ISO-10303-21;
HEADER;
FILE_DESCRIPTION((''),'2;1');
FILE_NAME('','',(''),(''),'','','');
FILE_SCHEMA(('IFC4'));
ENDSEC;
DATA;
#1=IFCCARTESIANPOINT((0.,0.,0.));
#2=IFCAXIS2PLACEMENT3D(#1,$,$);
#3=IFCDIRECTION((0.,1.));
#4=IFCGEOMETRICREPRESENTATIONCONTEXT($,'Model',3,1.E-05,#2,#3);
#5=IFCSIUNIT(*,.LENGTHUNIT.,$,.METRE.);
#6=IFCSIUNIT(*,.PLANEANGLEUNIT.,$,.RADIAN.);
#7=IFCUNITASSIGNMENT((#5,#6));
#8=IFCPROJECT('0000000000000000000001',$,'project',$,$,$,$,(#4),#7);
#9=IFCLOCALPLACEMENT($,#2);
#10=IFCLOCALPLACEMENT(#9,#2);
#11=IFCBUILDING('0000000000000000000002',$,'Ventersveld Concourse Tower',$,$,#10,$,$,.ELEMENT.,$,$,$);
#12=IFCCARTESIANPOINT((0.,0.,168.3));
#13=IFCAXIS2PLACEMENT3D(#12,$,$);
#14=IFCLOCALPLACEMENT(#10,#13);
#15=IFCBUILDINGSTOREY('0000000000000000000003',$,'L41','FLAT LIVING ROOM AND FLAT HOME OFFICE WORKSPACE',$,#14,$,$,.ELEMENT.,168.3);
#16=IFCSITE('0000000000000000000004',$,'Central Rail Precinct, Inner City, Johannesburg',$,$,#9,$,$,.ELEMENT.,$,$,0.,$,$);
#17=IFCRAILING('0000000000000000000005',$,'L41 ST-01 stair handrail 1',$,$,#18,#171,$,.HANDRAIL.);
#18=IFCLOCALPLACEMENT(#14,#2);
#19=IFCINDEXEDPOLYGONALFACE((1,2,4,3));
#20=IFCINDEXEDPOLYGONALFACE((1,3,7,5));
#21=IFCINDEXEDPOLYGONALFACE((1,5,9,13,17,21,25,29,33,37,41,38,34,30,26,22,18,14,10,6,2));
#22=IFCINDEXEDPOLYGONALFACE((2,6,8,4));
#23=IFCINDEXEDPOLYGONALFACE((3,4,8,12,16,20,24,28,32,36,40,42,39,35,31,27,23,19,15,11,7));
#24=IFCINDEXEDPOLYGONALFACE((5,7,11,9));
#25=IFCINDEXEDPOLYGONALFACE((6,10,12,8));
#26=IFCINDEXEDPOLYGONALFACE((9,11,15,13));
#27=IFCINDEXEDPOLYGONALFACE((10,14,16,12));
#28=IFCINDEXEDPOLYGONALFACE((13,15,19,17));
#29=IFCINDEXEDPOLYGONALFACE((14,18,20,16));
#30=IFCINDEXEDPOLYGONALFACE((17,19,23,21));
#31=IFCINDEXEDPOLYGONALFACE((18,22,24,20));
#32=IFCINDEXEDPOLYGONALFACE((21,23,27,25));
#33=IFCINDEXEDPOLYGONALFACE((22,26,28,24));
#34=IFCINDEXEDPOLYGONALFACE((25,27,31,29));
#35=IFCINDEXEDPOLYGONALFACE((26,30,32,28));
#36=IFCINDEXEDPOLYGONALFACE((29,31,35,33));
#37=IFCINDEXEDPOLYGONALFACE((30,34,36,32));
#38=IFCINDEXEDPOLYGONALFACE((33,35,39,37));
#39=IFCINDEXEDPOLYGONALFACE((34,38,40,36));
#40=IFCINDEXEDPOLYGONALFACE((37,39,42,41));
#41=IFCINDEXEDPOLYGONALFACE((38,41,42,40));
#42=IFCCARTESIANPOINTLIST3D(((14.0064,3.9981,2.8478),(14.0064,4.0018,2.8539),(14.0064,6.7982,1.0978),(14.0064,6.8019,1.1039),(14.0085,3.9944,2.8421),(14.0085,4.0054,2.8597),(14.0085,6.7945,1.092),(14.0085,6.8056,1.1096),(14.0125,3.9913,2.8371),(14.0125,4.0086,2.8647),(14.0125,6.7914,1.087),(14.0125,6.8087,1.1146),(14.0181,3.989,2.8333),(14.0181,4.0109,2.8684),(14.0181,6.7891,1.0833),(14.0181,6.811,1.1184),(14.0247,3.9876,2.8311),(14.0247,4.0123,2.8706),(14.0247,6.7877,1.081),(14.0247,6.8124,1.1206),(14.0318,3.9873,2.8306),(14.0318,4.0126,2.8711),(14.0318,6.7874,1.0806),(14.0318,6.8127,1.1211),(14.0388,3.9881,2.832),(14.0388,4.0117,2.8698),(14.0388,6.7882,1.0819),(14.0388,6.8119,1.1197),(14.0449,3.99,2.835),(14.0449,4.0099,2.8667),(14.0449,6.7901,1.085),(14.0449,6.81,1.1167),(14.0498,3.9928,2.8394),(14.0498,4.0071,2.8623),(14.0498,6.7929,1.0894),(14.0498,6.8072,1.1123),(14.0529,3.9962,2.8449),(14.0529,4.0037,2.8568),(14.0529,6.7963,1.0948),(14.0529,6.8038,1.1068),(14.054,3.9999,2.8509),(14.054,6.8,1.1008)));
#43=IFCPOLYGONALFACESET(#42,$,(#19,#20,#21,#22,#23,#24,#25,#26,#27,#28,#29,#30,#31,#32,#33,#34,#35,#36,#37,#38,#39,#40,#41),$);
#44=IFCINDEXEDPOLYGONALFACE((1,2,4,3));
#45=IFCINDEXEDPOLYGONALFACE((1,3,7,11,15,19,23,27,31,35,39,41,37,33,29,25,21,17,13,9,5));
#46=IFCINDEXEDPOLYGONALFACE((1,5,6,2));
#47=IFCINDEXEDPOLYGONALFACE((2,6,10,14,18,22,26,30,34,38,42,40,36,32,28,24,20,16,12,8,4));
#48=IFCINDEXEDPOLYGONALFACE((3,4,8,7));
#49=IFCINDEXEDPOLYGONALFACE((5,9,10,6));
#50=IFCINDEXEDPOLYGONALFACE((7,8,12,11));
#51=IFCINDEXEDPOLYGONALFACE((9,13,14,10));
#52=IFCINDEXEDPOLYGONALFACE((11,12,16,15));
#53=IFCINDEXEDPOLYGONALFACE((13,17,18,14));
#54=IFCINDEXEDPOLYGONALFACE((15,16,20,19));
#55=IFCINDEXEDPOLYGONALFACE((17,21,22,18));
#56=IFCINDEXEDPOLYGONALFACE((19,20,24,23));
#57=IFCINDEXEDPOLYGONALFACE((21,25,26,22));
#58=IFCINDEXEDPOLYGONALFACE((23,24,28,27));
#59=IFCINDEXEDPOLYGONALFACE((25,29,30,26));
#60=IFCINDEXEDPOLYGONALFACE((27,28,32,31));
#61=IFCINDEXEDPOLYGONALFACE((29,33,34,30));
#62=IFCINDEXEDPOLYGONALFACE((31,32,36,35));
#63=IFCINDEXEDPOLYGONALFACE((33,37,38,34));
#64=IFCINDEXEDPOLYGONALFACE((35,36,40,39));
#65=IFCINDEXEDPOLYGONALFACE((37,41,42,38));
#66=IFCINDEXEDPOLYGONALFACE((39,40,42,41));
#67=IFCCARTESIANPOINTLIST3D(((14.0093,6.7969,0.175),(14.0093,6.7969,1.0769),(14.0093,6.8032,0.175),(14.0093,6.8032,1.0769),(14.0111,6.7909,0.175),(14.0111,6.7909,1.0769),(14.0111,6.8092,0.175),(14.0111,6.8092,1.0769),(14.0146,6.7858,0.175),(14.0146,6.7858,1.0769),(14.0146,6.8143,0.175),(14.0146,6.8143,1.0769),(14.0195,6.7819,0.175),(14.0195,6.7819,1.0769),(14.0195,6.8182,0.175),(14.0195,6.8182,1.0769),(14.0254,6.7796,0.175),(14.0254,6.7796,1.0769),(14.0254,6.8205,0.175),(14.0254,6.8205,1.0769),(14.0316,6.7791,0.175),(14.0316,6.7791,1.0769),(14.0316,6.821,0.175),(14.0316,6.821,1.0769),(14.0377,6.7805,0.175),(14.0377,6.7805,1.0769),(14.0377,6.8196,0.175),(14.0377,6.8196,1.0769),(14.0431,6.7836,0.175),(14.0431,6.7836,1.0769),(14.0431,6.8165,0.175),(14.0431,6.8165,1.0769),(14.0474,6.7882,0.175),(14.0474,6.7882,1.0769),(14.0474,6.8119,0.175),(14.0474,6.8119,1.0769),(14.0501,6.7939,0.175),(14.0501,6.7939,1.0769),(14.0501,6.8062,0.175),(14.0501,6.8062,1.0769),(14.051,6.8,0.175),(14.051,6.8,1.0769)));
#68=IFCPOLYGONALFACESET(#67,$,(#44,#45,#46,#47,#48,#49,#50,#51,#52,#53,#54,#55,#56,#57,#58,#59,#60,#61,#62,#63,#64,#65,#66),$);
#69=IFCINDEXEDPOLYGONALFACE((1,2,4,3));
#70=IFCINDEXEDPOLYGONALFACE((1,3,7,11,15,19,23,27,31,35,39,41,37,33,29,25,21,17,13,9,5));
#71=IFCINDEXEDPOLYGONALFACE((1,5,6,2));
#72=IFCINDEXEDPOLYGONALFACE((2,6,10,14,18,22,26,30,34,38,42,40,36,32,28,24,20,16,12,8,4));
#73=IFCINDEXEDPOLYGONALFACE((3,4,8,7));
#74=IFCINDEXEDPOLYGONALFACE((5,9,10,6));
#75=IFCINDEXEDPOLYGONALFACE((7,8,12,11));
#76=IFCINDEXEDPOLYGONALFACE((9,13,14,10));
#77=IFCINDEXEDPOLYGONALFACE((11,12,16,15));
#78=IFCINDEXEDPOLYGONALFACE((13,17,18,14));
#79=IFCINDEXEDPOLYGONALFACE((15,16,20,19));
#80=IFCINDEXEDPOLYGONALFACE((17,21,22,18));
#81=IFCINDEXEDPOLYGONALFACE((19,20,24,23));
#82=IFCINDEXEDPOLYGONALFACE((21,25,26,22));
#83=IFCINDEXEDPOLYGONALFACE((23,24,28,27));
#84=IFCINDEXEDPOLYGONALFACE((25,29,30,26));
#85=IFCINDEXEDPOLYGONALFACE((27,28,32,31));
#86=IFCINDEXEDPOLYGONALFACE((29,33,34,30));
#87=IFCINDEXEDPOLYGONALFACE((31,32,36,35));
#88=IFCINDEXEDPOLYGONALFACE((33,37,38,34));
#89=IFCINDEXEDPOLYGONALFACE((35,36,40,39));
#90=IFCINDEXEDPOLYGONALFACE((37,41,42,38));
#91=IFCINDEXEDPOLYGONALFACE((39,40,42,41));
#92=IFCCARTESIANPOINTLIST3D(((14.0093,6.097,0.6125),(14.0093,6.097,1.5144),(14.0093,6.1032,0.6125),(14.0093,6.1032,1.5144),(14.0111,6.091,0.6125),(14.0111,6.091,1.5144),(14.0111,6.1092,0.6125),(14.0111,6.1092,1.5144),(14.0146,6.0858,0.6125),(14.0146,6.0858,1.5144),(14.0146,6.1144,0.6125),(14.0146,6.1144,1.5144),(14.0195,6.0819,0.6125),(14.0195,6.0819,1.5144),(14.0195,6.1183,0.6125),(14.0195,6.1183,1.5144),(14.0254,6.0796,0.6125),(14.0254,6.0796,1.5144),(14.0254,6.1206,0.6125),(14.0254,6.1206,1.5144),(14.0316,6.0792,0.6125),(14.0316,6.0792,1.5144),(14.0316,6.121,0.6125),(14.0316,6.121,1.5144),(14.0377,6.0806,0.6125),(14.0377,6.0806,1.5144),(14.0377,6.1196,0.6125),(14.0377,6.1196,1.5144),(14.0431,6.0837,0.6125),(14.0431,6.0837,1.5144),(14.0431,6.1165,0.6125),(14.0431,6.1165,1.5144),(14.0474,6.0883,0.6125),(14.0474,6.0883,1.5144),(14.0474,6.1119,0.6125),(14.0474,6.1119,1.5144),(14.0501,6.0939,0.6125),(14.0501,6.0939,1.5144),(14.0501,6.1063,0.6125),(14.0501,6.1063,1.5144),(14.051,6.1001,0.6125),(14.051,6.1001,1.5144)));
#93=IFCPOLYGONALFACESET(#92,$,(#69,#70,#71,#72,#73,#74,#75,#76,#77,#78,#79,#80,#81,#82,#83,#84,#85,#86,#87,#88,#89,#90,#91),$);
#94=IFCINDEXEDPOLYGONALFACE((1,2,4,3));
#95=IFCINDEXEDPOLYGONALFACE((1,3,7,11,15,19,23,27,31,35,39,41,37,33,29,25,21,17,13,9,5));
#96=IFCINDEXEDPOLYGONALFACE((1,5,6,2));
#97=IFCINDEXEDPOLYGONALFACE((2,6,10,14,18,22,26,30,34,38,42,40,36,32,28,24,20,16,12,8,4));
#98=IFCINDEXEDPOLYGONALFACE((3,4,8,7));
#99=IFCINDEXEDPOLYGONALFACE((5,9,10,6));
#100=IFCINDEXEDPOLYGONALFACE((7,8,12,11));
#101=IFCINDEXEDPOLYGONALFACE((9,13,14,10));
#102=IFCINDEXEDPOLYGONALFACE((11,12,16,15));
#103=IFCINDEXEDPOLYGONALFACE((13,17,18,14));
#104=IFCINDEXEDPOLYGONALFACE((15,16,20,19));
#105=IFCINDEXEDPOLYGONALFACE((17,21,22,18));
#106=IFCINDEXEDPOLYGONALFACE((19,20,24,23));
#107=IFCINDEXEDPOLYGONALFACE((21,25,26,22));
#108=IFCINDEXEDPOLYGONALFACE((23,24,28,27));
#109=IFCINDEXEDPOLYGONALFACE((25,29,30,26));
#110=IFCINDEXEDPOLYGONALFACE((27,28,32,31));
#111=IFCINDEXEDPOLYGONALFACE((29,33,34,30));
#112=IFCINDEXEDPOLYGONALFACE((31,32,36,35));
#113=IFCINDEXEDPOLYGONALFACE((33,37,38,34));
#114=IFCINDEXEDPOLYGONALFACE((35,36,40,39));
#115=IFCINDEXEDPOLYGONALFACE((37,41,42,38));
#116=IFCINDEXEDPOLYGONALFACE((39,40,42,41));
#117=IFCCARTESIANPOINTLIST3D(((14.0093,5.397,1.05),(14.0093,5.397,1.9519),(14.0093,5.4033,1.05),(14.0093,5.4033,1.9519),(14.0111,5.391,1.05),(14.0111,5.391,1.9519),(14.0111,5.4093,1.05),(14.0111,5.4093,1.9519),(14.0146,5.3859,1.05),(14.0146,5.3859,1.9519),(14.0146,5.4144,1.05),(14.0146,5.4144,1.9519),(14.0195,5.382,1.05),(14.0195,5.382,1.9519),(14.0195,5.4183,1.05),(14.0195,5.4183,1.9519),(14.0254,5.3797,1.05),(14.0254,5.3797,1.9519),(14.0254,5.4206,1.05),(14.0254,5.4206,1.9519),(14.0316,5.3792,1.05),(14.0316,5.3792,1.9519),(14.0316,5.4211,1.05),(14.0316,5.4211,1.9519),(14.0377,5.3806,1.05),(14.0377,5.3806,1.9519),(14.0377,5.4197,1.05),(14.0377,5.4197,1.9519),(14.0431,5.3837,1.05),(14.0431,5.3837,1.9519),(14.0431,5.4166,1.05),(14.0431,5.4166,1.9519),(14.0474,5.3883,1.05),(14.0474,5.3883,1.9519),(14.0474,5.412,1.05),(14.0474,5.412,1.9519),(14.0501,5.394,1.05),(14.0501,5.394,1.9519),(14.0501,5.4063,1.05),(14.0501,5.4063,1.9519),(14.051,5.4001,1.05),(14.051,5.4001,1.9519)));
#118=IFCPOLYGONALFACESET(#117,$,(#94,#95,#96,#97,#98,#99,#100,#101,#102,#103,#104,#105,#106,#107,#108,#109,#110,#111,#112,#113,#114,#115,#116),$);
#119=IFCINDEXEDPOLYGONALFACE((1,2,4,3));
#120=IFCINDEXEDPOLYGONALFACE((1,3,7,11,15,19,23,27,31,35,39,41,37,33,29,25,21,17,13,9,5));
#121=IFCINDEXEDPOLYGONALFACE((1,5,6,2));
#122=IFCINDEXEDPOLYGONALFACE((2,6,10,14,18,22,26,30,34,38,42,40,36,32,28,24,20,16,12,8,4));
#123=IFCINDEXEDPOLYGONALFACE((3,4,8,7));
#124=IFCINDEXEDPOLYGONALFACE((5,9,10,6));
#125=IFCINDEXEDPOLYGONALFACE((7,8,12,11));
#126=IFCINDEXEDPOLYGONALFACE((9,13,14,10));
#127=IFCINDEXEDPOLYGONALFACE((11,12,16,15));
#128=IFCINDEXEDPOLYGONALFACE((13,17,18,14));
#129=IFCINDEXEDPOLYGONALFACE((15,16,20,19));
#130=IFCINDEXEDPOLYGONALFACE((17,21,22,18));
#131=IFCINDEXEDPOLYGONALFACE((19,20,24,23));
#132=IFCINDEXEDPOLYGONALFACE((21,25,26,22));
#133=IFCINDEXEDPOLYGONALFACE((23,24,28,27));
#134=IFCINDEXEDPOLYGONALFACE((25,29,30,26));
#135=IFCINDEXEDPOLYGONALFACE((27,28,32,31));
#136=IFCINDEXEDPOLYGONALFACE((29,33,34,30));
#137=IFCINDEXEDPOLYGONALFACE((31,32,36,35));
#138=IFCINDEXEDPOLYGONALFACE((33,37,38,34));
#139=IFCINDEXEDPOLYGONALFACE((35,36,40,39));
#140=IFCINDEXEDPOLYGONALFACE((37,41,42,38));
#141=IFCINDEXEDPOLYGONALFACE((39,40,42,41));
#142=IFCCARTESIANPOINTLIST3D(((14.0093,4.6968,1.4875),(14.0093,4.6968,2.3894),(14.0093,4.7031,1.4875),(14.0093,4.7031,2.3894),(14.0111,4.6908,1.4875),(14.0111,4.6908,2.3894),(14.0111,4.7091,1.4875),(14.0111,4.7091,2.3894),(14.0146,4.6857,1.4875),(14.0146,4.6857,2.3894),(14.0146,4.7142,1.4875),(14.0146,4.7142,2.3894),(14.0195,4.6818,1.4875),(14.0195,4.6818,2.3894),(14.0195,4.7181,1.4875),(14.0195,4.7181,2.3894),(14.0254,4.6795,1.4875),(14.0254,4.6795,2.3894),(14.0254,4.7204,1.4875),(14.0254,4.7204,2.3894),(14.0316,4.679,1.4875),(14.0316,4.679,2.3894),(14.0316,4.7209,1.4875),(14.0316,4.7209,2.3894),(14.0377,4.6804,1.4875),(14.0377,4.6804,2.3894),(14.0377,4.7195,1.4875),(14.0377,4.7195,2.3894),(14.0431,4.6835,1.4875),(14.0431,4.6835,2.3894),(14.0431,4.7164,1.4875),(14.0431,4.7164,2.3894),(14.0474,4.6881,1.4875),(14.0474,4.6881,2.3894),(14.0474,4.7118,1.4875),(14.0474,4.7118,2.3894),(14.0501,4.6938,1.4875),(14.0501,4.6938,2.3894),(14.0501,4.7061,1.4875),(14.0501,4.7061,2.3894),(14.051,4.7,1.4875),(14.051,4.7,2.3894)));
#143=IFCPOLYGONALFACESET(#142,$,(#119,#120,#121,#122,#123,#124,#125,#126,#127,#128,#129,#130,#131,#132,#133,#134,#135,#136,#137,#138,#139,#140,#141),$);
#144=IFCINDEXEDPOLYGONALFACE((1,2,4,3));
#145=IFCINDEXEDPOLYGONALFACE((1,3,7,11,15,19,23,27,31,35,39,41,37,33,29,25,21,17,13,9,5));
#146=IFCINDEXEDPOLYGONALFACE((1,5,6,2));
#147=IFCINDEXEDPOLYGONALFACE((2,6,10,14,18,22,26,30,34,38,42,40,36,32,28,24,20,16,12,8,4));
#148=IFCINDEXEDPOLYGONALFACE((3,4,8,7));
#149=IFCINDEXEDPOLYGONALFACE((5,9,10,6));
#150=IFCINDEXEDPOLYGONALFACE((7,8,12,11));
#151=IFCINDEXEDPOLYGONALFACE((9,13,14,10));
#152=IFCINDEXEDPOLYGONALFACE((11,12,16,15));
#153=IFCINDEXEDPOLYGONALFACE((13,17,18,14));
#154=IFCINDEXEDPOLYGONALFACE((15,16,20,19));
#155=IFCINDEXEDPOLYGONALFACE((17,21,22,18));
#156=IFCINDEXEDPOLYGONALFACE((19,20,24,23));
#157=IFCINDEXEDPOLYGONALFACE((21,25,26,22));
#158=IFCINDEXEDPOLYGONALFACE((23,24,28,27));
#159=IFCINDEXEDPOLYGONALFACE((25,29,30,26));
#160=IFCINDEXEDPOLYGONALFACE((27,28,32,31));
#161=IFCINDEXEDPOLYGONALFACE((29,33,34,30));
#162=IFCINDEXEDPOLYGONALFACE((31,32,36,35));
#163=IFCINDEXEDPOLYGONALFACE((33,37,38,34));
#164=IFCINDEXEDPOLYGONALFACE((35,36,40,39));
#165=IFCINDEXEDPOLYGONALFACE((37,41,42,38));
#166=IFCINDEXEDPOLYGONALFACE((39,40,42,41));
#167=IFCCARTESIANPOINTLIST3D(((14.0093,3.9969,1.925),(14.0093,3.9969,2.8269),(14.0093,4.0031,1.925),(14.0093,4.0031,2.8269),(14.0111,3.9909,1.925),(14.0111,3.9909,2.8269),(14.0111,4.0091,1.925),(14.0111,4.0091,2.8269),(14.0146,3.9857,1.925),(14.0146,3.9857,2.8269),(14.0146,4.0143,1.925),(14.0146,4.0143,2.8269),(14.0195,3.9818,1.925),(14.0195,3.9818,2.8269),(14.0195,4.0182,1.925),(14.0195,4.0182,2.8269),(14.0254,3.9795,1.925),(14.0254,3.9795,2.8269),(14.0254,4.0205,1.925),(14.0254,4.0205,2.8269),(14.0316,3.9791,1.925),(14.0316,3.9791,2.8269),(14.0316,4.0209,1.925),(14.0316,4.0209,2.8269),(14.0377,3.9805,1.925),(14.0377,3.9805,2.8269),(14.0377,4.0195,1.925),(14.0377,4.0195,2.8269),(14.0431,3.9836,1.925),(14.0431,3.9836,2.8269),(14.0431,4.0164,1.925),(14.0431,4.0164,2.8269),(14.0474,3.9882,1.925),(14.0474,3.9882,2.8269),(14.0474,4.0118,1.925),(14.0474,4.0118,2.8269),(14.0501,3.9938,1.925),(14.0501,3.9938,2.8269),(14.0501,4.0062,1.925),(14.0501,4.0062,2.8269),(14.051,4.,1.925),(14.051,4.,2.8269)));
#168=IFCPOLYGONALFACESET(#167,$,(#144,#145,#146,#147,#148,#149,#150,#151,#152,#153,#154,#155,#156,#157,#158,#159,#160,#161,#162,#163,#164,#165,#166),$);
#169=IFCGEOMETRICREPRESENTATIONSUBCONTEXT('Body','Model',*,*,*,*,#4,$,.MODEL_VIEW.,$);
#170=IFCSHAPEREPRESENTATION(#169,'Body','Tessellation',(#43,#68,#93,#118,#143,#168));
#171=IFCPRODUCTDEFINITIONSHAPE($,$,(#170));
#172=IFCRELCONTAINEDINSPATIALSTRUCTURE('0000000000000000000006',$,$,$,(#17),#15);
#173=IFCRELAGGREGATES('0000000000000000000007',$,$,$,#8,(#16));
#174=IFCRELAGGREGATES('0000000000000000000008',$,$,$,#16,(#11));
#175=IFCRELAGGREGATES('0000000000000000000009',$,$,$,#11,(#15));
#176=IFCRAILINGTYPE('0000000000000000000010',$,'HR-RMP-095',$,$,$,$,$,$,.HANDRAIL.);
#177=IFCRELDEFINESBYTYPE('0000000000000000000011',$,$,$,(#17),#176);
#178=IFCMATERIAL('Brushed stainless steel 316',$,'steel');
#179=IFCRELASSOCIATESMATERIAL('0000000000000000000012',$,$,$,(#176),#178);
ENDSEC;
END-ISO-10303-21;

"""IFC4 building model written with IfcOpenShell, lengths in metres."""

from ifc_helpers import new_model, si_unit, direction, frame, origin, origin_2d, place, context, subcontext, project, spatial, circle, extrude, material, type_object, element, save


model = new_model("IFC4")

# Units and contexts
model_context = context("Model", 3, precision=1e-05, world=origin(), true_north=direction((0.0, 1.0)))
body_context = subcontext(model_context, "Body", "Model", "MODEL_VIEW")
ifc_project = project(units=[si_unit("LENGTHUNIT", "METRE"), si_unit("PLANEANGLEUNIT", "RADIAN")], contexts=[model_context])

# Site, building, storey
site_placement = place(None, origin())
site = spatial("IfcSite", under=ifc_project, at=site_placement, Name="Central Rail Precinct, Inner City, Johannesburg", CompositionType="ELEMENT", RefElevation=0.0)
building_placement = place(site_placement, origin())
building = spatial("IfcBuilding", under=site, at=building_placement, Name="Ventersveld Concourse Tower", CompositionType="ELEMENT")
storey_placement = place(building_placement, frame((0.0, 0.0, 168.3)))
storey = spatial("IfcBuildingStorey", under=building, at=storey_placement, Name="L41", Description="FLAT LIVING ROOM AND FLAT HOME OFFICE WORKSPACE", CompositionType="ELEMENT", Elevation=168.3)

# Railing
ifc_material_1 = material(Name="Brushed stainless steel 316", Category="steel")
railing_type = type_object("IfcRailingType", Name="HR-RMP-095", PredefinedType="HANDRAIL", material=ifc_material_1)
railing_placement = place(storey_placement, frame((14.03, 6.8, 0.175)))
element("IfcRailing", 1, at=railing_placement, inside=storey, type_object=railing_type, Name="L41 ST-01 stair handrail 1", PredefinedType="HANDRAIL", context=body_context, shape_type="SweptSolid", body=[
    extrude(circle(Radius=0.0239, at=origin_2d()), frame((0.0, 0.0, 0.9258), z_axis=(0.0, -0.848002, 0.529992), x_axis=(1.0, 0.0, 0.0)), (0.0, 0.0, 1.0), 3.302),
    extrude(circle(Radius=0.021, at=origin_2d()), origin(), (0.0, 0.0, 1.0), 0.9019),
    extrude(circle(Radius=0.021, at=origin_2d()), frame((0.0, -0.7, 0.4375)), (0.0, 0.0, 1.0), 0.9019),
    extrude(circle(Radius=0.021, at=origin_2d()), frame((0.0, -1.3999, 0.875)), (0.0, 0.0, 1.0), 0.9019),
    extrude(circle(Radius=0.021, at=origin_2d()), frame((0.0, -2.1001, 1.3125)), (0.0, 0.0, 1.0), 0.9019),
    extrude(circle(Radius=0.021, at=origin_2d()), frame((0.0, -2.8, 1.75)), (0.0, 0.0, 1.0), 0.9019),
])

save(model, "model.ifc")
